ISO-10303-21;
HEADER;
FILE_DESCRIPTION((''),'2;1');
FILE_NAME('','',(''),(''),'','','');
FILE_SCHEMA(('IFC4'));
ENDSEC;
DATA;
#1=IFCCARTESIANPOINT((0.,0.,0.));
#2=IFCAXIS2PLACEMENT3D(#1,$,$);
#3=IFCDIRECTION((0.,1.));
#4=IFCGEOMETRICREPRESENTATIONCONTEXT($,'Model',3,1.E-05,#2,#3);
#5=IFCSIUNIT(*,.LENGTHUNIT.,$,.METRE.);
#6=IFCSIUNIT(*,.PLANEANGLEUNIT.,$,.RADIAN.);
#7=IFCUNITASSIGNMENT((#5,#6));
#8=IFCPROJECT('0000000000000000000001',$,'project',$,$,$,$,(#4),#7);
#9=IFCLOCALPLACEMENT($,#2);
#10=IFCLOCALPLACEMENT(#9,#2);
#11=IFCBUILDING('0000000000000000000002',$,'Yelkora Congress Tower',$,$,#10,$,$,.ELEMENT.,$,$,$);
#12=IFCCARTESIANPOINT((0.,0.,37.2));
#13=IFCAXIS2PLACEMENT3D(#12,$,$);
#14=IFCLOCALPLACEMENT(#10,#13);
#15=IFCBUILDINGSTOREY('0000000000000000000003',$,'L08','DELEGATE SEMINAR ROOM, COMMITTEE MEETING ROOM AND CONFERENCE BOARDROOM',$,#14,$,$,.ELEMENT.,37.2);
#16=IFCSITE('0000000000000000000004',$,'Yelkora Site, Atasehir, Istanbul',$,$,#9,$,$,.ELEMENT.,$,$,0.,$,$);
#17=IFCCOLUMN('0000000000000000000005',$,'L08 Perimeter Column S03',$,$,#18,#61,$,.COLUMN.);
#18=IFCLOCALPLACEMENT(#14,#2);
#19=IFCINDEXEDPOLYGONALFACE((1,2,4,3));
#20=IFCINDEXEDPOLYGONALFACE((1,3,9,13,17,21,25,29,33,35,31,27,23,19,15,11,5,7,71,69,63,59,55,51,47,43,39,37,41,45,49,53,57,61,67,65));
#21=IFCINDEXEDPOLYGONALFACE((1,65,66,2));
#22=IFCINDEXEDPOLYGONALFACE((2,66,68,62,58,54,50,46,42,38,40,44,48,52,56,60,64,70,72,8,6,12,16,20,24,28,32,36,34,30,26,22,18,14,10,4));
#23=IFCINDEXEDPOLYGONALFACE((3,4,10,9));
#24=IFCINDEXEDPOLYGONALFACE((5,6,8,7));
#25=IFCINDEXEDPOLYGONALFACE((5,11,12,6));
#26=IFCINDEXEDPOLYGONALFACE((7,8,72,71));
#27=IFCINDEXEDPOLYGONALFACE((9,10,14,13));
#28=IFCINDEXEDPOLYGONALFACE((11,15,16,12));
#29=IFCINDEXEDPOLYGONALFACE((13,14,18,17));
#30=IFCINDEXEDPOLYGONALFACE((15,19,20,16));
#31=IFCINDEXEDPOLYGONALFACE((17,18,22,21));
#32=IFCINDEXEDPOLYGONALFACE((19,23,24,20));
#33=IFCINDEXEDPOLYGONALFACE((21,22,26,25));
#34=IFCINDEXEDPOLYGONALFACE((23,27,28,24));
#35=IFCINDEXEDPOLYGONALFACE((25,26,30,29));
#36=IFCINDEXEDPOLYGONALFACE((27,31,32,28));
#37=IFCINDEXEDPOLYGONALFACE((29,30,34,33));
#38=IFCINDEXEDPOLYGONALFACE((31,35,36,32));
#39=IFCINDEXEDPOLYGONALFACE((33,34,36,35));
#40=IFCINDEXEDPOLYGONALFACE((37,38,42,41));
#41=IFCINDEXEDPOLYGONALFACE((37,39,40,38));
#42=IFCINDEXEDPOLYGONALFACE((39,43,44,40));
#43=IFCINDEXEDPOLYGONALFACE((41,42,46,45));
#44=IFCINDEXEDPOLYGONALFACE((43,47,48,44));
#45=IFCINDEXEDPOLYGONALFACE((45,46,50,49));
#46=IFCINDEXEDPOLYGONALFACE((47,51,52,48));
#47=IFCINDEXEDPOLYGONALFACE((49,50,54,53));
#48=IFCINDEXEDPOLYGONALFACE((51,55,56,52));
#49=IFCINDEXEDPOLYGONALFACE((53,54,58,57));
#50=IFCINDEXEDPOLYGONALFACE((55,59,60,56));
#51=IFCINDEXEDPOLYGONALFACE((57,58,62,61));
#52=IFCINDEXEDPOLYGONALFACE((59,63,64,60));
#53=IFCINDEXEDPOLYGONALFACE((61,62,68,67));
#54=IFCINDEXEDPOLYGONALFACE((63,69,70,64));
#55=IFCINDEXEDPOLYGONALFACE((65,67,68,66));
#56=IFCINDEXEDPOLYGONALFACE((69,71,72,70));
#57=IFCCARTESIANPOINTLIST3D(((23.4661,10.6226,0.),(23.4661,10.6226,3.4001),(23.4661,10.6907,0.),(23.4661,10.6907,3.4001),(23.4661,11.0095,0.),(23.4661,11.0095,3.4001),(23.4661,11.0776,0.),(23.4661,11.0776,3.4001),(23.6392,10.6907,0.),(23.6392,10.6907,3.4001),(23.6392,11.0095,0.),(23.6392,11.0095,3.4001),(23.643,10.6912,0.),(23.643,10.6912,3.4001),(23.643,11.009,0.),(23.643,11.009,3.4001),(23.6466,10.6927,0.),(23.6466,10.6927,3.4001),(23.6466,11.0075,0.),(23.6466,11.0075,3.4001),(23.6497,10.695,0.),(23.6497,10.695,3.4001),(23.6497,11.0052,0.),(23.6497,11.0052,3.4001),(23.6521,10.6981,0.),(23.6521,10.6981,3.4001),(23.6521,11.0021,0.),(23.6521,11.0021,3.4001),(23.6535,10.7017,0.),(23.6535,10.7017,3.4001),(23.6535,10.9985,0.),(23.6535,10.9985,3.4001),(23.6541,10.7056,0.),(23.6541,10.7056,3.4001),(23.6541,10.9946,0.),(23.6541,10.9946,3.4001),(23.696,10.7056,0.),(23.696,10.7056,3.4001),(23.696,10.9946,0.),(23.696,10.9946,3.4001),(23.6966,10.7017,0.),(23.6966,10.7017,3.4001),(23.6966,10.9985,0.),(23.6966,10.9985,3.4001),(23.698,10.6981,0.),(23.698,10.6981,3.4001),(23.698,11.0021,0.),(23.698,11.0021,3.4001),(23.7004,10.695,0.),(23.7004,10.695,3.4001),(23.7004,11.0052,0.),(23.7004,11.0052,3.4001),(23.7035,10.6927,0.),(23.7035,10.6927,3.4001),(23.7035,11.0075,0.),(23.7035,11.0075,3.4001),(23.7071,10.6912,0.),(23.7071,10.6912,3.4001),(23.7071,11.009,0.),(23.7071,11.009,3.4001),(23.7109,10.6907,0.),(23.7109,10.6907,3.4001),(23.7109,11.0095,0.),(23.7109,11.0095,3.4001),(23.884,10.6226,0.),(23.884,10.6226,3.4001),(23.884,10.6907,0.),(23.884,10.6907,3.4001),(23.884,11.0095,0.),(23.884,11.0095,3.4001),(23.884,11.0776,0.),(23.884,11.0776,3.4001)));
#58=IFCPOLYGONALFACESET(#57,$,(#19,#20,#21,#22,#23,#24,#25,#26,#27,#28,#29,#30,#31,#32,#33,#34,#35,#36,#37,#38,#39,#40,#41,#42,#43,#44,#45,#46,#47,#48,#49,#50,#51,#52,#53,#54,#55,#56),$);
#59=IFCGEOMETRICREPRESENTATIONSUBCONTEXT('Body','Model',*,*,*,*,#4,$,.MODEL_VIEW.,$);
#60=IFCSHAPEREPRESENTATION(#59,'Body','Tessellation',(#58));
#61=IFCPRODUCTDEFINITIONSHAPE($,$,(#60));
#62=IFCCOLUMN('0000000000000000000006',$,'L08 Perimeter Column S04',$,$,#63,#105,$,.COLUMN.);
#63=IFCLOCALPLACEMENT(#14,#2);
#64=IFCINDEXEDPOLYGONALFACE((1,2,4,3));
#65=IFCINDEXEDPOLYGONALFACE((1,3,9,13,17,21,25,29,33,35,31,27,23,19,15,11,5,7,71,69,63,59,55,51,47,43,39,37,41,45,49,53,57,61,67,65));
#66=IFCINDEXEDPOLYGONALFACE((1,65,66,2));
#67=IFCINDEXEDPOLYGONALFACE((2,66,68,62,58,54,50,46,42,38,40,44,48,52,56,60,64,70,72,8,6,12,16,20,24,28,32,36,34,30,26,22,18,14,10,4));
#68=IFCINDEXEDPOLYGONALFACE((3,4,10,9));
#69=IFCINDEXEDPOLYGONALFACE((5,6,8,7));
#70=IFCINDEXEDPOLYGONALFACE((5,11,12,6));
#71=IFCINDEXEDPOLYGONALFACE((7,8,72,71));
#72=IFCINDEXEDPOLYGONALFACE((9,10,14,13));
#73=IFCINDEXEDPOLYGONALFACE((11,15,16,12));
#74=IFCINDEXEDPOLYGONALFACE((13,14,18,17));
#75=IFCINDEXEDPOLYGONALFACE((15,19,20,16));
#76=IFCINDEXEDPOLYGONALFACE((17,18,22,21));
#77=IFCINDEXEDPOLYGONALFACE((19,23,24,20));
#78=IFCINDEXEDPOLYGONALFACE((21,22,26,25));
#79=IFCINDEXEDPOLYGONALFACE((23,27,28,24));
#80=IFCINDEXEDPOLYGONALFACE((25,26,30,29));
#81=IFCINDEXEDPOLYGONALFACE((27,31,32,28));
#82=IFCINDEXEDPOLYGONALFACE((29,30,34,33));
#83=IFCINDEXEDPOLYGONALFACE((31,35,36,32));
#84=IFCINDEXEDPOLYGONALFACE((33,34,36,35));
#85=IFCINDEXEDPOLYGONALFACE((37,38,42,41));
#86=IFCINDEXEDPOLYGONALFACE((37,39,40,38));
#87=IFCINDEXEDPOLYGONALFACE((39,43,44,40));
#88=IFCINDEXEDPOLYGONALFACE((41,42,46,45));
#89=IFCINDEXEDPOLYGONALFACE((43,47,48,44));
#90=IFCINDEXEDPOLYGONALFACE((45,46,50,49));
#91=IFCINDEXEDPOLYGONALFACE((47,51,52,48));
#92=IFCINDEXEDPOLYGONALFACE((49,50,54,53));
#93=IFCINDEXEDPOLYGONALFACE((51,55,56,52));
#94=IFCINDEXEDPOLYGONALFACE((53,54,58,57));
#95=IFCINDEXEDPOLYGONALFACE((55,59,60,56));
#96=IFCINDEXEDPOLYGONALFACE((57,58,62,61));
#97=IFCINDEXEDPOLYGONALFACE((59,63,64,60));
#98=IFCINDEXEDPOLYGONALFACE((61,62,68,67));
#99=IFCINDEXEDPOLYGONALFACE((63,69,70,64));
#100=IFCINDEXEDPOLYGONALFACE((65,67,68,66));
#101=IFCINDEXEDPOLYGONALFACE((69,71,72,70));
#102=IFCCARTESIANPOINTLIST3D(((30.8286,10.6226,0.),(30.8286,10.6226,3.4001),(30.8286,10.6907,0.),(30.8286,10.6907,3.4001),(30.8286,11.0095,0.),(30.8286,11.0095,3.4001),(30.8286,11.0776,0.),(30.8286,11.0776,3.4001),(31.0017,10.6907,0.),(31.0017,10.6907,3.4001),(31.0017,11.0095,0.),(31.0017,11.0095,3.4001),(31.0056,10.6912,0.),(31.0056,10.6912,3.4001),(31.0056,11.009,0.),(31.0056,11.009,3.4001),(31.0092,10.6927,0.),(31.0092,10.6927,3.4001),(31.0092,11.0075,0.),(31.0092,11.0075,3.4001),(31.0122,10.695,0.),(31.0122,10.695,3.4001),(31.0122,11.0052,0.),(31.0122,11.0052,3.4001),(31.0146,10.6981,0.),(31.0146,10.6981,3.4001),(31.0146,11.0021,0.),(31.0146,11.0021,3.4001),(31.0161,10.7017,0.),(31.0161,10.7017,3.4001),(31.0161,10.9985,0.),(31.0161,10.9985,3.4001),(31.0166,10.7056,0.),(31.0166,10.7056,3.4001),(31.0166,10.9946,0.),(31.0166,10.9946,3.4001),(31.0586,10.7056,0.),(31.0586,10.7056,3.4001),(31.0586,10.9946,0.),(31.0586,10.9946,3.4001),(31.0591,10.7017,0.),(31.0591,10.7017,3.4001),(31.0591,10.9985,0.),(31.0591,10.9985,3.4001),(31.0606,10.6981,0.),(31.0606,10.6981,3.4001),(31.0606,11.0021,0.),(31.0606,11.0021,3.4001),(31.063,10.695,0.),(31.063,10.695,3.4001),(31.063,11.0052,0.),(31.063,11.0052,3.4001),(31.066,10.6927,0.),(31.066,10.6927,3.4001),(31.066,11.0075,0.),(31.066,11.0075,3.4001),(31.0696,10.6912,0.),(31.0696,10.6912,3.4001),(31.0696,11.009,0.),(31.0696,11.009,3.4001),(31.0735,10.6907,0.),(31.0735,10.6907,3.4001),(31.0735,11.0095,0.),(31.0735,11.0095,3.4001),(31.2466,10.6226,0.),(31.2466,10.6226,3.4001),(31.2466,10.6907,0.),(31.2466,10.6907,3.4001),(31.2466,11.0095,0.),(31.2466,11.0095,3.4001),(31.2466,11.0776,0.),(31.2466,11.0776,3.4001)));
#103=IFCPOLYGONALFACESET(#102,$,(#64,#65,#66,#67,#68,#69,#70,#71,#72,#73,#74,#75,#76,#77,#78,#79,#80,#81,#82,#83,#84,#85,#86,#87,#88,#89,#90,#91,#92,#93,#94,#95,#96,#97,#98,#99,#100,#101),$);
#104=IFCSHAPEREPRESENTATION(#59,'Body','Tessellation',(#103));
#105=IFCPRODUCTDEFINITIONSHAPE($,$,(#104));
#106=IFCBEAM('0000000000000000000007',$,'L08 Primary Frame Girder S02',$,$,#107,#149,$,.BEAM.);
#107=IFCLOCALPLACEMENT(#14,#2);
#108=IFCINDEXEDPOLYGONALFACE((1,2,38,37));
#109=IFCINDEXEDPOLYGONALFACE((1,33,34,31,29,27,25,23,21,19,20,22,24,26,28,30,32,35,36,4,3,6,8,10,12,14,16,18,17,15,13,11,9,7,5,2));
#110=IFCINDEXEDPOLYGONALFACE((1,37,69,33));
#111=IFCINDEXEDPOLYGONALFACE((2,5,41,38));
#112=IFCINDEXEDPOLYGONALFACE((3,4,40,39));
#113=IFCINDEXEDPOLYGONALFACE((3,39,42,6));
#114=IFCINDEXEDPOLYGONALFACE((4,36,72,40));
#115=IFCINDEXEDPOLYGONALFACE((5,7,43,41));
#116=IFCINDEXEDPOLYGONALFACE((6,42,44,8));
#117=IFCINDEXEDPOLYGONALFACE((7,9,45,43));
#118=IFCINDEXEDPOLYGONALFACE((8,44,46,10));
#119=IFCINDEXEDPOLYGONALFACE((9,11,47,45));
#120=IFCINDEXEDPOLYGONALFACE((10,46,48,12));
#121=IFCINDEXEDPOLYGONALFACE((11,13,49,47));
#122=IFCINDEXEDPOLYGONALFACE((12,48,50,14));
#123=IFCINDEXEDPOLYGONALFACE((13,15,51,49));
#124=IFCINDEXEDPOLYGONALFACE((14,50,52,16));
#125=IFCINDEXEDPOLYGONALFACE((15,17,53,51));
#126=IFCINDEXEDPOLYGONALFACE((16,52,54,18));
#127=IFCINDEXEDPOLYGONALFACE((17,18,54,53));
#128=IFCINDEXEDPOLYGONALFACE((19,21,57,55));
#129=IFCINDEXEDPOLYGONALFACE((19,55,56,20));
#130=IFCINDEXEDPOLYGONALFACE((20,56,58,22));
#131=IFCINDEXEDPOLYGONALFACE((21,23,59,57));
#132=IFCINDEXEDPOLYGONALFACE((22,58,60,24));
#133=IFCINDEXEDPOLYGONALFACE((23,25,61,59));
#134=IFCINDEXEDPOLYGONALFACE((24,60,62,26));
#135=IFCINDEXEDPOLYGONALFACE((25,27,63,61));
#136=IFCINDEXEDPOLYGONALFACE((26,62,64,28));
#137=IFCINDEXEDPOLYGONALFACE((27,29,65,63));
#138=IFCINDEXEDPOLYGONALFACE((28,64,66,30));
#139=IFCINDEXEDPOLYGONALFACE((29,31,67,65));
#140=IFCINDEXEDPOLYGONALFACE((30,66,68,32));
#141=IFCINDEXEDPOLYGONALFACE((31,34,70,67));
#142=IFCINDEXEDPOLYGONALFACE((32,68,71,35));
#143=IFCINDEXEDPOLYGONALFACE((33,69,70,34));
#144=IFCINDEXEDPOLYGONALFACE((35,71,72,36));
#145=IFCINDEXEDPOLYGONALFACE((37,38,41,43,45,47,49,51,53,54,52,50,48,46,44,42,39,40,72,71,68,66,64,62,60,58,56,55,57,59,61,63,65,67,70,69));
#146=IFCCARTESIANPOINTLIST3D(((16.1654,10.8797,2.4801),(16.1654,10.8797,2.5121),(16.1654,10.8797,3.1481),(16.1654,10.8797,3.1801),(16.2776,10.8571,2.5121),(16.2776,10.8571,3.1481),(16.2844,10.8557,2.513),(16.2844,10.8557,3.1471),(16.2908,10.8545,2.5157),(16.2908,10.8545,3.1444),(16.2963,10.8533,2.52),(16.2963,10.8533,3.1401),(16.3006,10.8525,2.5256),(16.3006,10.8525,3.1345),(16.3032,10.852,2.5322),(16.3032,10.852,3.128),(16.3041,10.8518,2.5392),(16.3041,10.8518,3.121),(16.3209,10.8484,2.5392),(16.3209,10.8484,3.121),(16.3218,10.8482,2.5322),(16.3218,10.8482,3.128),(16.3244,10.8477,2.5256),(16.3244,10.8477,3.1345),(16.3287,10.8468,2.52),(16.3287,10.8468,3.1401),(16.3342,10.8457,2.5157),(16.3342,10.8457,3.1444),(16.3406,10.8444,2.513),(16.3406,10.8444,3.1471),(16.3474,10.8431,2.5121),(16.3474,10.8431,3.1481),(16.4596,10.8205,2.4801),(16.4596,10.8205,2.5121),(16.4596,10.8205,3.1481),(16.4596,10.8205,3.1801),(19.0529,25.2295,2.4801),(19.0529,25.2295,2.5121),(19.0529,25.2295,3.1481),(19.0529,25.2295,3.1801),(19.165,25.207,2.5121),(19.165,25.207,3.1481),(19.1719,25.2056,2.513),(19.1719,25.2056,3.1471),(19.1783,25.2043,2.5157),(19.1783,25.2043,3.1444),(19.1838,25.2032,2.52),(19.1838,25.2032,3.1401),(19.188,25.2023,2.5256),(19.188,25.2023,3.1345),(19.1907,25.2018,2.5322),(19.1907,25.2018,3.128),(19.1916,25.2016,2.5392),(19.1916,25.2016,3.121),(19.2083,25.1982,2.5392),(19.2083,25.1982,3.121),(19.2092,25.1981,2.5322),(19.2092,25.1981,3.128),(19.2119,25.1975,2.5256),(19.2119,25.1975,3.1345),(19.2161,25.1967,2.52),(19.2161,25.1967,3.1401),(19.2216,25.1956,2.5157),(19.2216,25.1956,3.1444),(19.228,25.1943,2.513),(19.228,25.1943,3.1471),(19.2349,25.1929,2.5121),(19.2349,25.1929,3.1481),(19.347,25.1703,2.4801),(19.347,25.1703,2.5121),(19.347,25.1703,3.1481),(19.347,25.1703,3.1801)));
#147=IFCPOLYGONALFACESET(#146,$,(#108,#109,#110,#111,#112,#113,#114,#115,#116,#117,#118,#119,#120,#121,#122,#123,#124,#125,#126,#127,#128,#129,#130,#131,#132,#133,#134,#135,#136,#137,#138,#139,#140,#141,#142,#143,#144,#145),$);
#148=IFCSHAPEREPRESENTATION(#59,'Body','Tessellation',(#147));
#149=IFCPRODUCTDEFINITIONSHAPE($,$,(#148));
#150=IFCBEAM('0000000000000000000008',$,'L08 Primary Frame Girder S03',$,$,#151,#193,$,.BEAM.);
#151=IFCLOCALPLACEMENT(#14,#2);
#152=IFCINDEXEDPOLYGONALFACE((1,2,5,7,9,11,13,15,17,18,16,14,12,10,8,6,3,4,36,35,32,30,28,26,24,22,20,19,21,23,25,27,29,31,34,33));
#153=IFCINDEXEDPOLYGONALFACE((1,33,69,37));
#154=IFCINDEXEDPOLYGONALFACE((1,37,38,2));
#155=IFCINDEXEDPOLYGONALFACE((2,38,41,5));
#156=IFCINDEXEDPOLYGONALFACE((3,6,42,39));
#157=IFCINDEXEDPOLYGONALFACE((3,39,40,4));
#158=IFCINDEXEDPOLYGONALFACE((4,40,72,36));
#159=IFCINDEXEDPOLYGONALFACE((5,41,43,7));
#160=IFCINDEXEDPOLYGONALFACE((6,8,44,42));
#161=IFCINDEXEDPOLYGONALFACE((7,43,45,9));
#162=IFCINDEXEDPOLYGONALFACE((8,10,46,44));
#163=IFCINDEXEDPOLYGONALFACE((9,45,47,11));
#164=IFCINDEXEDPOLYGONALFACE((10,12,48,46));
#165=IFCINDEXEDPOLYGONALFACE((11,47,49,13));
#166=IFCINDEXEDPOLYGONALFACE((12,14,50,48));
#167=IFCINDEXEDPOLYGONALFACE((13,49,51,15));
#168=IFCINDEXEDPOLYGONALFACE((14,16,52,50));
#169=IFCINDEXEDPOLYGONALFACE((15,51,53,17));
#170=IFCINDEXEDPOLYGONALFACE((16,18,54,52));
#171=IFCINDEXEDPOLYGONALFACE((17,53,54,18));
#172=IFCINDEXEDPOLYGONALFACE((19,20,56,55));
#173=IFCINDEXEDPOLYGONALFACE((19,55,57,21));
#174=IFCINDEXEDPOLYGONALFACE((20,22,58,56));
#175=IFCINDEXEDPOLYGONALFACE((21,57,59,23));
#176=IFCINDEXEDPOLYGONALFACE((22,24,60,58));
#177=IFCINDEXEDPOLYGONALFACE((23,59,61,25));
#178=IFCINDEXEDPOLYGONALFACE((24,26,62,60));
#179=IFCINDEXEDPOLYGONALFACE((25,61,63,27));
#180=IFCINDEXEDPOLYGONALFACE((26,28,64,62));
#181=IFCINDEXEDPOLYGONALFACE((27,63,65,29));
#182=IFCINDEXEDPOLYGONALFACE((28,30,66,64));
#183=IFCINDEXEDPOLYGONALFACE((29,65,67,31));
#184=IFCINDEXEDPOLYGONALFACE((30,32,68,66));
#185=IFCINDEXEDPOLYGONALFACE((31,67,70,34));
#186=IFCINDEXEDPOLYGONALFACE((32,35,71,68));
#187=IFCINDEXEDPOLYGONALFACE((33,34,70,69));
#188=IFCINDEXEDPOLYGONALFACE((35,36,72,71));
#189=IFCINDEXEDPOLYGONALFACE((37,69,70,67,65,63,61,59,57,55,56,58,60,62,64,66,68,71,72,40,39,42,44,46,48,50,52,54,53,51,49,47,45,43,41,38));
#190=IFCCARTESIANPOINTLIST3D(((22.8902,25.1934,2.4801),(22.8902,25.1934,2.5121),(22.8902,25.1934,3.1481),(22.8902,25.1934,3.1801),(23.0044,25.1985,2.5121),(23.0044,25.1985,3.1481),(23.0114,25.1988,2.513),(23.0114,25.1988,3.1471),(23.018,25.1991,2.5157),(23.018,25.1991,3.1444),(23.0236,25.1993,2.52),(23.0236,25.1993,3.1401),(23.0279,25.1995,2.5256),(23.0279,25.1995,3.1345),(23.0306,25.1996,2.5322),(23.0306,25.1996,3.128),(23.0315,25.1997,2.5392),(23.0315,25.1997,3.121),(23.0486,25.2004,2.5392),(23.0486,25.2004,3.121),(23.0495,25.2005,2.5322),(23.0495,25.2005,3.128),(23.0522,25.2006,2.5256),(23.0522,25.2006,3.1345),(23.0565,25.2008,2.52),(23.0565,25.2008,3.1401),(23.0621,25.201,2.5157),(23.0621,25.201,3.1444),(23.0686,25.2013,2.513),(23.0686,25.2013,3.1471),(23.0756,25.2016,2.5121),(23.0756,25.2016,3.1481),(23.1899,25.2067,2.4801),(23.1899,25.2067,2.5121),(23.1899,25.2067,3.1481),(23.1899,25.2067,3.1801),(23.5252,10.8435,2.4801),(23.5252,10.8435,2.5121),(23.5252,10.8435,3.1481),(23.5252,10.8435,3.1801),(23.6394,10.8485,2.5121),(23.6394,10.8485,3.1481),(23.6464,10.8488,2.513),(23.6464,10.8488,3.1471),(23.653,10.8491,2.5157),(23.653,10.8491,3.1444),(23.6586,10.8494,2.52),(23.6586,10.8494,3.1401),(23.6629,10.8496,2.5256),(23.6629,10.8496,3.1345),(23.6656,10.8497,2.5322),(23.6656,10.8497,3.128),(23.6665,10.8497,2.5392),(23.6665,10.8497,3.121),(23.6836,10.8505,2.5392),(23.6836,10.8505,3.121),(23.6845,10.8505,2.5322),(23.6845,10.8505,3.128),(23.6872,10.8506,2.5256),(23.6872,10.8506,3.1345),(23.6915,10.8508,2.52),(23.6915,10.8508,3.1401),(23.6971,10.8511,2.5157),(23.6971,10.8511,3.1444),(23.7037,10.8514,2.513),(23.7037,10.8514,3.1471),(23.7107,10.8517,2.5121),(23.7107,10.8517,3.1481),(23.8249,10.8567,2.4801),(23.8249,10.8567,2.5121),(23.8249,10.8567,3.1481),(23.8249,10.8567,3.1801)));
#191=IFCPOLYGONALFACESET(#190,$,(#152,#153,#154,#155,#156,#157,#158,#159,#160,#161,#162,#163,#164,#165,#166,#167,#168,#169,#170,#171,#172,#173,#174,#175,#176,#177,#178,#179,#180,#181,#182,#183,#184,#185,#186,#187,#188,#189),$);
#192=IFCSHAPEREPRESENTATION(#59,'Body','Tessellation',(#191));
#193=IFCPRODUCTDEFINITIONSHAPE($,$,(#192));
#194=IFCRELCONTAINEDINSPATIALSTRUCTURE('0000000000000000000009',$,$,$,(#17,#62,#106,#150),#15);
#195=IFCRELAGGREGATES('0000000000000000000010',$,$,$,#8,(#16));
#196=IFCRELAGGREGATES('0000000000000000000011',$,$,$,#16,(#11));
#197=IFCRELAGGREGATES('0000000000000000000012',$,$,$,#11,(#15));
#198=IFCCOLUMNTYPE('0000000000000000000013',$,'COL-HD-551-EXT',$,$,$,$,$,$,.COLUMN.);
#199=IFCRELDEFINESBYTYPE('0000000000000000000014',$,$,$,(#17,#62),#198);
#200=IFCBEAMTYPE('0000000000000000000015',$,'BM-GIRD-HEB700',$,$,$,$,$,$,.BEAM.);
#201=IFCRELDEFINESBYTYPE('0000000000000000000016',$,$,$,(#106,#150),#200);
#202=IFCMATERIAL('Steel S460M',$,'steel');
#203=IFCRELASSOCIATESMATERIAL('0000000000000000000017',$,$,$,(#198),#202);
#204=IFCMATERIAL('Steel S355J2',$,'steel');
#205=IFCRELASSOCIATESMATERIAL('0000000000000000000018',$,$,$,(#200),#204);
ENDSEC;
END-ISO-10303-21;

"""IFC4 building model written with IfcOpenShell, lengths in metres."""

from ifc_helpers import new_model, si_unit, direction, frame, origin, origin_2d, place, context, subcontext, project, spatial, i_section, extrude, material, material_profile, profile_set, type_object, element, save


model = new_model("IFC4")

# Units and contexts
model_context = context("Model", 3, precision=1e-05, world=origin(), true_north=direction((0.0, 1.0)))
body_context = subcontext(model_context, "Body", "Model", "MODEL_VIEW")
ifc_project = project(units=[si_unit("LENGTHUNIT", "METRE"), si_unit("PLANEANGLEUNIT", "RADIAN")], contexts=[model_context])

# Site, building, storey
site_placement = place(None, origin())
site = spatial("IfcSite", under=ifc_project, at=site_placement, Name="Yelkora Site, Atasehir, Istanbul", CompositionType="ELEMENT", RefElevation=0.0)
building_placement = place(site_placement, origin())
building = spatial("IfcBuilding", under=site, at=building_placement, Name="Yelkora Congress Tower", CompositionType="ELEMENT")
storey_placement = place(building_placement, frame((0.0, 0.0, 37.2)))
storey = spatial("IfcBuildingStorey", under=building, at=storey_placement, Name="L08", Description="DELEGATE SEMINAR ROOM, COMMITTEE MEETING ROOM AND CONFERENCE BOARDROOM", CompositionType="ELEMENT", Elevation=37.2)

# Columns
ifc_material_1 = material(Name="Steel S460M", Category="steel")
ifc_material_profile_1 = material_profile(ifc_material_1, i_section(OverallWidth=0.418, OverallDepth=0.4551, WebThickness=0.042, FlangeThickness=0.0681, FilletRadius=0.0149, at=origin_2d()), Name="HD 400x551")
ifc_profile_set_1 = profile_set([ifc_material_profile_1], Name="Steel S460M")
column_type = type_object("IfcColumnType", Name="COL-HD-551-EXT", PredefinedType="COLUMN", material=ifc_profile_set_1)
for number, where, z_axis, x_axis, name in (
    (1, (23.675, 10.8501, 0.0), (0.0, 0.0, 1.0), (1.0, 0.0, 0.0), "L08 Perimeter Column S03"),
    (2, (31.0376, 10.8501, 0.0), (0.0, 0.0, 1.0), (1.0, 0.0, 0.0), "L08 Perimeter Column S04"),
):
    element("IfcColumn", number, at=place(storey_placement, frame(where, z_axis=z_axis, x_axis=x_axis)), inside=storey, type_object=column_type, Name=name, PredefinedType="COLUMN", context=body_context, shape_type="SweptSolid", body=[
        extrude(i_section(OverallWidth=0.418, OverallDepth=0.4551, WebThickness=0.042, FlangeThickness=0.0681, FilletRadius=0.0149, at=origin_2d()), origin(), (0.0, 0.0, 1.0), 3.4001),
    ])

# Beams
ifc_material_2 = material(Name="Steel S355J2", Category="steel")
ifc_material_profile_2 = material_profile(ifc_material_2, i_section(OverallWidth=0.3, OverallDepth=0.7, WebThickness=0.0171, FlangeThickness=0.032, FilletRadius=0.0271, at=origin_2d()), Name="HEB 700")
ifc_profile_set_2 = profile_set([ifc_material_profile_2], Name="Steel S355J2")
beam_type_1 = type_object("IfcBeamType", Name="BM-GIRD-HEB700", PredefinedType="BEAM", material=ifc_profile_set_2)
beam_1_placement = place(storey_placement, frame((16.3125, 10.8501, 2.8301), z_axis=(0.197264, 0.98035, 0.0), x_axis=(-0.98035, 0.197264, 0.0)))
element("IfcBeam", 3, at=beam_1_placement, inside=storey, type_object=beam_type_1, Name="L08 Primary Frame Girder S02", PredefinedType="BEAM", context=body_context, shape_type="SweptSolid", body=[
    extrude(i_section(OverallWidth=0.3, OverallDepth=0.7, WebThickness=0.0171, FlangeThickness=0.032, FilletRadius=0.0271, at=origin_2d()), origin(), (0.0, 0.0, 1.0), 14.6375),
])
beam_2_placement = place(storey_placement, frame((23.675, 10.8501, 2.8301), z_axis=(-0.044209, 0.999022, 0.0), x_axis=(-0.999022, -0.044209, 0.0)))
element("IfcBeam", 4, at=beam_2_placement, inside=storey, type_object=beam_type_1, Name="L08 Primary Frame Girder S03", PredefinedType="BEAM", context=body_context, shape_type="SweptSolid", body=[
    extrude(i_section(OverallWidth=0.3, OverallDepth=0.7, WebThickness=0.0171, FlangeThickness=0.032, FilletRadius=0.0271, at=origin_2d()), origin(), (0.0, 0.0, 1.0), 14.364),
])

save(model, "model.ifc")
